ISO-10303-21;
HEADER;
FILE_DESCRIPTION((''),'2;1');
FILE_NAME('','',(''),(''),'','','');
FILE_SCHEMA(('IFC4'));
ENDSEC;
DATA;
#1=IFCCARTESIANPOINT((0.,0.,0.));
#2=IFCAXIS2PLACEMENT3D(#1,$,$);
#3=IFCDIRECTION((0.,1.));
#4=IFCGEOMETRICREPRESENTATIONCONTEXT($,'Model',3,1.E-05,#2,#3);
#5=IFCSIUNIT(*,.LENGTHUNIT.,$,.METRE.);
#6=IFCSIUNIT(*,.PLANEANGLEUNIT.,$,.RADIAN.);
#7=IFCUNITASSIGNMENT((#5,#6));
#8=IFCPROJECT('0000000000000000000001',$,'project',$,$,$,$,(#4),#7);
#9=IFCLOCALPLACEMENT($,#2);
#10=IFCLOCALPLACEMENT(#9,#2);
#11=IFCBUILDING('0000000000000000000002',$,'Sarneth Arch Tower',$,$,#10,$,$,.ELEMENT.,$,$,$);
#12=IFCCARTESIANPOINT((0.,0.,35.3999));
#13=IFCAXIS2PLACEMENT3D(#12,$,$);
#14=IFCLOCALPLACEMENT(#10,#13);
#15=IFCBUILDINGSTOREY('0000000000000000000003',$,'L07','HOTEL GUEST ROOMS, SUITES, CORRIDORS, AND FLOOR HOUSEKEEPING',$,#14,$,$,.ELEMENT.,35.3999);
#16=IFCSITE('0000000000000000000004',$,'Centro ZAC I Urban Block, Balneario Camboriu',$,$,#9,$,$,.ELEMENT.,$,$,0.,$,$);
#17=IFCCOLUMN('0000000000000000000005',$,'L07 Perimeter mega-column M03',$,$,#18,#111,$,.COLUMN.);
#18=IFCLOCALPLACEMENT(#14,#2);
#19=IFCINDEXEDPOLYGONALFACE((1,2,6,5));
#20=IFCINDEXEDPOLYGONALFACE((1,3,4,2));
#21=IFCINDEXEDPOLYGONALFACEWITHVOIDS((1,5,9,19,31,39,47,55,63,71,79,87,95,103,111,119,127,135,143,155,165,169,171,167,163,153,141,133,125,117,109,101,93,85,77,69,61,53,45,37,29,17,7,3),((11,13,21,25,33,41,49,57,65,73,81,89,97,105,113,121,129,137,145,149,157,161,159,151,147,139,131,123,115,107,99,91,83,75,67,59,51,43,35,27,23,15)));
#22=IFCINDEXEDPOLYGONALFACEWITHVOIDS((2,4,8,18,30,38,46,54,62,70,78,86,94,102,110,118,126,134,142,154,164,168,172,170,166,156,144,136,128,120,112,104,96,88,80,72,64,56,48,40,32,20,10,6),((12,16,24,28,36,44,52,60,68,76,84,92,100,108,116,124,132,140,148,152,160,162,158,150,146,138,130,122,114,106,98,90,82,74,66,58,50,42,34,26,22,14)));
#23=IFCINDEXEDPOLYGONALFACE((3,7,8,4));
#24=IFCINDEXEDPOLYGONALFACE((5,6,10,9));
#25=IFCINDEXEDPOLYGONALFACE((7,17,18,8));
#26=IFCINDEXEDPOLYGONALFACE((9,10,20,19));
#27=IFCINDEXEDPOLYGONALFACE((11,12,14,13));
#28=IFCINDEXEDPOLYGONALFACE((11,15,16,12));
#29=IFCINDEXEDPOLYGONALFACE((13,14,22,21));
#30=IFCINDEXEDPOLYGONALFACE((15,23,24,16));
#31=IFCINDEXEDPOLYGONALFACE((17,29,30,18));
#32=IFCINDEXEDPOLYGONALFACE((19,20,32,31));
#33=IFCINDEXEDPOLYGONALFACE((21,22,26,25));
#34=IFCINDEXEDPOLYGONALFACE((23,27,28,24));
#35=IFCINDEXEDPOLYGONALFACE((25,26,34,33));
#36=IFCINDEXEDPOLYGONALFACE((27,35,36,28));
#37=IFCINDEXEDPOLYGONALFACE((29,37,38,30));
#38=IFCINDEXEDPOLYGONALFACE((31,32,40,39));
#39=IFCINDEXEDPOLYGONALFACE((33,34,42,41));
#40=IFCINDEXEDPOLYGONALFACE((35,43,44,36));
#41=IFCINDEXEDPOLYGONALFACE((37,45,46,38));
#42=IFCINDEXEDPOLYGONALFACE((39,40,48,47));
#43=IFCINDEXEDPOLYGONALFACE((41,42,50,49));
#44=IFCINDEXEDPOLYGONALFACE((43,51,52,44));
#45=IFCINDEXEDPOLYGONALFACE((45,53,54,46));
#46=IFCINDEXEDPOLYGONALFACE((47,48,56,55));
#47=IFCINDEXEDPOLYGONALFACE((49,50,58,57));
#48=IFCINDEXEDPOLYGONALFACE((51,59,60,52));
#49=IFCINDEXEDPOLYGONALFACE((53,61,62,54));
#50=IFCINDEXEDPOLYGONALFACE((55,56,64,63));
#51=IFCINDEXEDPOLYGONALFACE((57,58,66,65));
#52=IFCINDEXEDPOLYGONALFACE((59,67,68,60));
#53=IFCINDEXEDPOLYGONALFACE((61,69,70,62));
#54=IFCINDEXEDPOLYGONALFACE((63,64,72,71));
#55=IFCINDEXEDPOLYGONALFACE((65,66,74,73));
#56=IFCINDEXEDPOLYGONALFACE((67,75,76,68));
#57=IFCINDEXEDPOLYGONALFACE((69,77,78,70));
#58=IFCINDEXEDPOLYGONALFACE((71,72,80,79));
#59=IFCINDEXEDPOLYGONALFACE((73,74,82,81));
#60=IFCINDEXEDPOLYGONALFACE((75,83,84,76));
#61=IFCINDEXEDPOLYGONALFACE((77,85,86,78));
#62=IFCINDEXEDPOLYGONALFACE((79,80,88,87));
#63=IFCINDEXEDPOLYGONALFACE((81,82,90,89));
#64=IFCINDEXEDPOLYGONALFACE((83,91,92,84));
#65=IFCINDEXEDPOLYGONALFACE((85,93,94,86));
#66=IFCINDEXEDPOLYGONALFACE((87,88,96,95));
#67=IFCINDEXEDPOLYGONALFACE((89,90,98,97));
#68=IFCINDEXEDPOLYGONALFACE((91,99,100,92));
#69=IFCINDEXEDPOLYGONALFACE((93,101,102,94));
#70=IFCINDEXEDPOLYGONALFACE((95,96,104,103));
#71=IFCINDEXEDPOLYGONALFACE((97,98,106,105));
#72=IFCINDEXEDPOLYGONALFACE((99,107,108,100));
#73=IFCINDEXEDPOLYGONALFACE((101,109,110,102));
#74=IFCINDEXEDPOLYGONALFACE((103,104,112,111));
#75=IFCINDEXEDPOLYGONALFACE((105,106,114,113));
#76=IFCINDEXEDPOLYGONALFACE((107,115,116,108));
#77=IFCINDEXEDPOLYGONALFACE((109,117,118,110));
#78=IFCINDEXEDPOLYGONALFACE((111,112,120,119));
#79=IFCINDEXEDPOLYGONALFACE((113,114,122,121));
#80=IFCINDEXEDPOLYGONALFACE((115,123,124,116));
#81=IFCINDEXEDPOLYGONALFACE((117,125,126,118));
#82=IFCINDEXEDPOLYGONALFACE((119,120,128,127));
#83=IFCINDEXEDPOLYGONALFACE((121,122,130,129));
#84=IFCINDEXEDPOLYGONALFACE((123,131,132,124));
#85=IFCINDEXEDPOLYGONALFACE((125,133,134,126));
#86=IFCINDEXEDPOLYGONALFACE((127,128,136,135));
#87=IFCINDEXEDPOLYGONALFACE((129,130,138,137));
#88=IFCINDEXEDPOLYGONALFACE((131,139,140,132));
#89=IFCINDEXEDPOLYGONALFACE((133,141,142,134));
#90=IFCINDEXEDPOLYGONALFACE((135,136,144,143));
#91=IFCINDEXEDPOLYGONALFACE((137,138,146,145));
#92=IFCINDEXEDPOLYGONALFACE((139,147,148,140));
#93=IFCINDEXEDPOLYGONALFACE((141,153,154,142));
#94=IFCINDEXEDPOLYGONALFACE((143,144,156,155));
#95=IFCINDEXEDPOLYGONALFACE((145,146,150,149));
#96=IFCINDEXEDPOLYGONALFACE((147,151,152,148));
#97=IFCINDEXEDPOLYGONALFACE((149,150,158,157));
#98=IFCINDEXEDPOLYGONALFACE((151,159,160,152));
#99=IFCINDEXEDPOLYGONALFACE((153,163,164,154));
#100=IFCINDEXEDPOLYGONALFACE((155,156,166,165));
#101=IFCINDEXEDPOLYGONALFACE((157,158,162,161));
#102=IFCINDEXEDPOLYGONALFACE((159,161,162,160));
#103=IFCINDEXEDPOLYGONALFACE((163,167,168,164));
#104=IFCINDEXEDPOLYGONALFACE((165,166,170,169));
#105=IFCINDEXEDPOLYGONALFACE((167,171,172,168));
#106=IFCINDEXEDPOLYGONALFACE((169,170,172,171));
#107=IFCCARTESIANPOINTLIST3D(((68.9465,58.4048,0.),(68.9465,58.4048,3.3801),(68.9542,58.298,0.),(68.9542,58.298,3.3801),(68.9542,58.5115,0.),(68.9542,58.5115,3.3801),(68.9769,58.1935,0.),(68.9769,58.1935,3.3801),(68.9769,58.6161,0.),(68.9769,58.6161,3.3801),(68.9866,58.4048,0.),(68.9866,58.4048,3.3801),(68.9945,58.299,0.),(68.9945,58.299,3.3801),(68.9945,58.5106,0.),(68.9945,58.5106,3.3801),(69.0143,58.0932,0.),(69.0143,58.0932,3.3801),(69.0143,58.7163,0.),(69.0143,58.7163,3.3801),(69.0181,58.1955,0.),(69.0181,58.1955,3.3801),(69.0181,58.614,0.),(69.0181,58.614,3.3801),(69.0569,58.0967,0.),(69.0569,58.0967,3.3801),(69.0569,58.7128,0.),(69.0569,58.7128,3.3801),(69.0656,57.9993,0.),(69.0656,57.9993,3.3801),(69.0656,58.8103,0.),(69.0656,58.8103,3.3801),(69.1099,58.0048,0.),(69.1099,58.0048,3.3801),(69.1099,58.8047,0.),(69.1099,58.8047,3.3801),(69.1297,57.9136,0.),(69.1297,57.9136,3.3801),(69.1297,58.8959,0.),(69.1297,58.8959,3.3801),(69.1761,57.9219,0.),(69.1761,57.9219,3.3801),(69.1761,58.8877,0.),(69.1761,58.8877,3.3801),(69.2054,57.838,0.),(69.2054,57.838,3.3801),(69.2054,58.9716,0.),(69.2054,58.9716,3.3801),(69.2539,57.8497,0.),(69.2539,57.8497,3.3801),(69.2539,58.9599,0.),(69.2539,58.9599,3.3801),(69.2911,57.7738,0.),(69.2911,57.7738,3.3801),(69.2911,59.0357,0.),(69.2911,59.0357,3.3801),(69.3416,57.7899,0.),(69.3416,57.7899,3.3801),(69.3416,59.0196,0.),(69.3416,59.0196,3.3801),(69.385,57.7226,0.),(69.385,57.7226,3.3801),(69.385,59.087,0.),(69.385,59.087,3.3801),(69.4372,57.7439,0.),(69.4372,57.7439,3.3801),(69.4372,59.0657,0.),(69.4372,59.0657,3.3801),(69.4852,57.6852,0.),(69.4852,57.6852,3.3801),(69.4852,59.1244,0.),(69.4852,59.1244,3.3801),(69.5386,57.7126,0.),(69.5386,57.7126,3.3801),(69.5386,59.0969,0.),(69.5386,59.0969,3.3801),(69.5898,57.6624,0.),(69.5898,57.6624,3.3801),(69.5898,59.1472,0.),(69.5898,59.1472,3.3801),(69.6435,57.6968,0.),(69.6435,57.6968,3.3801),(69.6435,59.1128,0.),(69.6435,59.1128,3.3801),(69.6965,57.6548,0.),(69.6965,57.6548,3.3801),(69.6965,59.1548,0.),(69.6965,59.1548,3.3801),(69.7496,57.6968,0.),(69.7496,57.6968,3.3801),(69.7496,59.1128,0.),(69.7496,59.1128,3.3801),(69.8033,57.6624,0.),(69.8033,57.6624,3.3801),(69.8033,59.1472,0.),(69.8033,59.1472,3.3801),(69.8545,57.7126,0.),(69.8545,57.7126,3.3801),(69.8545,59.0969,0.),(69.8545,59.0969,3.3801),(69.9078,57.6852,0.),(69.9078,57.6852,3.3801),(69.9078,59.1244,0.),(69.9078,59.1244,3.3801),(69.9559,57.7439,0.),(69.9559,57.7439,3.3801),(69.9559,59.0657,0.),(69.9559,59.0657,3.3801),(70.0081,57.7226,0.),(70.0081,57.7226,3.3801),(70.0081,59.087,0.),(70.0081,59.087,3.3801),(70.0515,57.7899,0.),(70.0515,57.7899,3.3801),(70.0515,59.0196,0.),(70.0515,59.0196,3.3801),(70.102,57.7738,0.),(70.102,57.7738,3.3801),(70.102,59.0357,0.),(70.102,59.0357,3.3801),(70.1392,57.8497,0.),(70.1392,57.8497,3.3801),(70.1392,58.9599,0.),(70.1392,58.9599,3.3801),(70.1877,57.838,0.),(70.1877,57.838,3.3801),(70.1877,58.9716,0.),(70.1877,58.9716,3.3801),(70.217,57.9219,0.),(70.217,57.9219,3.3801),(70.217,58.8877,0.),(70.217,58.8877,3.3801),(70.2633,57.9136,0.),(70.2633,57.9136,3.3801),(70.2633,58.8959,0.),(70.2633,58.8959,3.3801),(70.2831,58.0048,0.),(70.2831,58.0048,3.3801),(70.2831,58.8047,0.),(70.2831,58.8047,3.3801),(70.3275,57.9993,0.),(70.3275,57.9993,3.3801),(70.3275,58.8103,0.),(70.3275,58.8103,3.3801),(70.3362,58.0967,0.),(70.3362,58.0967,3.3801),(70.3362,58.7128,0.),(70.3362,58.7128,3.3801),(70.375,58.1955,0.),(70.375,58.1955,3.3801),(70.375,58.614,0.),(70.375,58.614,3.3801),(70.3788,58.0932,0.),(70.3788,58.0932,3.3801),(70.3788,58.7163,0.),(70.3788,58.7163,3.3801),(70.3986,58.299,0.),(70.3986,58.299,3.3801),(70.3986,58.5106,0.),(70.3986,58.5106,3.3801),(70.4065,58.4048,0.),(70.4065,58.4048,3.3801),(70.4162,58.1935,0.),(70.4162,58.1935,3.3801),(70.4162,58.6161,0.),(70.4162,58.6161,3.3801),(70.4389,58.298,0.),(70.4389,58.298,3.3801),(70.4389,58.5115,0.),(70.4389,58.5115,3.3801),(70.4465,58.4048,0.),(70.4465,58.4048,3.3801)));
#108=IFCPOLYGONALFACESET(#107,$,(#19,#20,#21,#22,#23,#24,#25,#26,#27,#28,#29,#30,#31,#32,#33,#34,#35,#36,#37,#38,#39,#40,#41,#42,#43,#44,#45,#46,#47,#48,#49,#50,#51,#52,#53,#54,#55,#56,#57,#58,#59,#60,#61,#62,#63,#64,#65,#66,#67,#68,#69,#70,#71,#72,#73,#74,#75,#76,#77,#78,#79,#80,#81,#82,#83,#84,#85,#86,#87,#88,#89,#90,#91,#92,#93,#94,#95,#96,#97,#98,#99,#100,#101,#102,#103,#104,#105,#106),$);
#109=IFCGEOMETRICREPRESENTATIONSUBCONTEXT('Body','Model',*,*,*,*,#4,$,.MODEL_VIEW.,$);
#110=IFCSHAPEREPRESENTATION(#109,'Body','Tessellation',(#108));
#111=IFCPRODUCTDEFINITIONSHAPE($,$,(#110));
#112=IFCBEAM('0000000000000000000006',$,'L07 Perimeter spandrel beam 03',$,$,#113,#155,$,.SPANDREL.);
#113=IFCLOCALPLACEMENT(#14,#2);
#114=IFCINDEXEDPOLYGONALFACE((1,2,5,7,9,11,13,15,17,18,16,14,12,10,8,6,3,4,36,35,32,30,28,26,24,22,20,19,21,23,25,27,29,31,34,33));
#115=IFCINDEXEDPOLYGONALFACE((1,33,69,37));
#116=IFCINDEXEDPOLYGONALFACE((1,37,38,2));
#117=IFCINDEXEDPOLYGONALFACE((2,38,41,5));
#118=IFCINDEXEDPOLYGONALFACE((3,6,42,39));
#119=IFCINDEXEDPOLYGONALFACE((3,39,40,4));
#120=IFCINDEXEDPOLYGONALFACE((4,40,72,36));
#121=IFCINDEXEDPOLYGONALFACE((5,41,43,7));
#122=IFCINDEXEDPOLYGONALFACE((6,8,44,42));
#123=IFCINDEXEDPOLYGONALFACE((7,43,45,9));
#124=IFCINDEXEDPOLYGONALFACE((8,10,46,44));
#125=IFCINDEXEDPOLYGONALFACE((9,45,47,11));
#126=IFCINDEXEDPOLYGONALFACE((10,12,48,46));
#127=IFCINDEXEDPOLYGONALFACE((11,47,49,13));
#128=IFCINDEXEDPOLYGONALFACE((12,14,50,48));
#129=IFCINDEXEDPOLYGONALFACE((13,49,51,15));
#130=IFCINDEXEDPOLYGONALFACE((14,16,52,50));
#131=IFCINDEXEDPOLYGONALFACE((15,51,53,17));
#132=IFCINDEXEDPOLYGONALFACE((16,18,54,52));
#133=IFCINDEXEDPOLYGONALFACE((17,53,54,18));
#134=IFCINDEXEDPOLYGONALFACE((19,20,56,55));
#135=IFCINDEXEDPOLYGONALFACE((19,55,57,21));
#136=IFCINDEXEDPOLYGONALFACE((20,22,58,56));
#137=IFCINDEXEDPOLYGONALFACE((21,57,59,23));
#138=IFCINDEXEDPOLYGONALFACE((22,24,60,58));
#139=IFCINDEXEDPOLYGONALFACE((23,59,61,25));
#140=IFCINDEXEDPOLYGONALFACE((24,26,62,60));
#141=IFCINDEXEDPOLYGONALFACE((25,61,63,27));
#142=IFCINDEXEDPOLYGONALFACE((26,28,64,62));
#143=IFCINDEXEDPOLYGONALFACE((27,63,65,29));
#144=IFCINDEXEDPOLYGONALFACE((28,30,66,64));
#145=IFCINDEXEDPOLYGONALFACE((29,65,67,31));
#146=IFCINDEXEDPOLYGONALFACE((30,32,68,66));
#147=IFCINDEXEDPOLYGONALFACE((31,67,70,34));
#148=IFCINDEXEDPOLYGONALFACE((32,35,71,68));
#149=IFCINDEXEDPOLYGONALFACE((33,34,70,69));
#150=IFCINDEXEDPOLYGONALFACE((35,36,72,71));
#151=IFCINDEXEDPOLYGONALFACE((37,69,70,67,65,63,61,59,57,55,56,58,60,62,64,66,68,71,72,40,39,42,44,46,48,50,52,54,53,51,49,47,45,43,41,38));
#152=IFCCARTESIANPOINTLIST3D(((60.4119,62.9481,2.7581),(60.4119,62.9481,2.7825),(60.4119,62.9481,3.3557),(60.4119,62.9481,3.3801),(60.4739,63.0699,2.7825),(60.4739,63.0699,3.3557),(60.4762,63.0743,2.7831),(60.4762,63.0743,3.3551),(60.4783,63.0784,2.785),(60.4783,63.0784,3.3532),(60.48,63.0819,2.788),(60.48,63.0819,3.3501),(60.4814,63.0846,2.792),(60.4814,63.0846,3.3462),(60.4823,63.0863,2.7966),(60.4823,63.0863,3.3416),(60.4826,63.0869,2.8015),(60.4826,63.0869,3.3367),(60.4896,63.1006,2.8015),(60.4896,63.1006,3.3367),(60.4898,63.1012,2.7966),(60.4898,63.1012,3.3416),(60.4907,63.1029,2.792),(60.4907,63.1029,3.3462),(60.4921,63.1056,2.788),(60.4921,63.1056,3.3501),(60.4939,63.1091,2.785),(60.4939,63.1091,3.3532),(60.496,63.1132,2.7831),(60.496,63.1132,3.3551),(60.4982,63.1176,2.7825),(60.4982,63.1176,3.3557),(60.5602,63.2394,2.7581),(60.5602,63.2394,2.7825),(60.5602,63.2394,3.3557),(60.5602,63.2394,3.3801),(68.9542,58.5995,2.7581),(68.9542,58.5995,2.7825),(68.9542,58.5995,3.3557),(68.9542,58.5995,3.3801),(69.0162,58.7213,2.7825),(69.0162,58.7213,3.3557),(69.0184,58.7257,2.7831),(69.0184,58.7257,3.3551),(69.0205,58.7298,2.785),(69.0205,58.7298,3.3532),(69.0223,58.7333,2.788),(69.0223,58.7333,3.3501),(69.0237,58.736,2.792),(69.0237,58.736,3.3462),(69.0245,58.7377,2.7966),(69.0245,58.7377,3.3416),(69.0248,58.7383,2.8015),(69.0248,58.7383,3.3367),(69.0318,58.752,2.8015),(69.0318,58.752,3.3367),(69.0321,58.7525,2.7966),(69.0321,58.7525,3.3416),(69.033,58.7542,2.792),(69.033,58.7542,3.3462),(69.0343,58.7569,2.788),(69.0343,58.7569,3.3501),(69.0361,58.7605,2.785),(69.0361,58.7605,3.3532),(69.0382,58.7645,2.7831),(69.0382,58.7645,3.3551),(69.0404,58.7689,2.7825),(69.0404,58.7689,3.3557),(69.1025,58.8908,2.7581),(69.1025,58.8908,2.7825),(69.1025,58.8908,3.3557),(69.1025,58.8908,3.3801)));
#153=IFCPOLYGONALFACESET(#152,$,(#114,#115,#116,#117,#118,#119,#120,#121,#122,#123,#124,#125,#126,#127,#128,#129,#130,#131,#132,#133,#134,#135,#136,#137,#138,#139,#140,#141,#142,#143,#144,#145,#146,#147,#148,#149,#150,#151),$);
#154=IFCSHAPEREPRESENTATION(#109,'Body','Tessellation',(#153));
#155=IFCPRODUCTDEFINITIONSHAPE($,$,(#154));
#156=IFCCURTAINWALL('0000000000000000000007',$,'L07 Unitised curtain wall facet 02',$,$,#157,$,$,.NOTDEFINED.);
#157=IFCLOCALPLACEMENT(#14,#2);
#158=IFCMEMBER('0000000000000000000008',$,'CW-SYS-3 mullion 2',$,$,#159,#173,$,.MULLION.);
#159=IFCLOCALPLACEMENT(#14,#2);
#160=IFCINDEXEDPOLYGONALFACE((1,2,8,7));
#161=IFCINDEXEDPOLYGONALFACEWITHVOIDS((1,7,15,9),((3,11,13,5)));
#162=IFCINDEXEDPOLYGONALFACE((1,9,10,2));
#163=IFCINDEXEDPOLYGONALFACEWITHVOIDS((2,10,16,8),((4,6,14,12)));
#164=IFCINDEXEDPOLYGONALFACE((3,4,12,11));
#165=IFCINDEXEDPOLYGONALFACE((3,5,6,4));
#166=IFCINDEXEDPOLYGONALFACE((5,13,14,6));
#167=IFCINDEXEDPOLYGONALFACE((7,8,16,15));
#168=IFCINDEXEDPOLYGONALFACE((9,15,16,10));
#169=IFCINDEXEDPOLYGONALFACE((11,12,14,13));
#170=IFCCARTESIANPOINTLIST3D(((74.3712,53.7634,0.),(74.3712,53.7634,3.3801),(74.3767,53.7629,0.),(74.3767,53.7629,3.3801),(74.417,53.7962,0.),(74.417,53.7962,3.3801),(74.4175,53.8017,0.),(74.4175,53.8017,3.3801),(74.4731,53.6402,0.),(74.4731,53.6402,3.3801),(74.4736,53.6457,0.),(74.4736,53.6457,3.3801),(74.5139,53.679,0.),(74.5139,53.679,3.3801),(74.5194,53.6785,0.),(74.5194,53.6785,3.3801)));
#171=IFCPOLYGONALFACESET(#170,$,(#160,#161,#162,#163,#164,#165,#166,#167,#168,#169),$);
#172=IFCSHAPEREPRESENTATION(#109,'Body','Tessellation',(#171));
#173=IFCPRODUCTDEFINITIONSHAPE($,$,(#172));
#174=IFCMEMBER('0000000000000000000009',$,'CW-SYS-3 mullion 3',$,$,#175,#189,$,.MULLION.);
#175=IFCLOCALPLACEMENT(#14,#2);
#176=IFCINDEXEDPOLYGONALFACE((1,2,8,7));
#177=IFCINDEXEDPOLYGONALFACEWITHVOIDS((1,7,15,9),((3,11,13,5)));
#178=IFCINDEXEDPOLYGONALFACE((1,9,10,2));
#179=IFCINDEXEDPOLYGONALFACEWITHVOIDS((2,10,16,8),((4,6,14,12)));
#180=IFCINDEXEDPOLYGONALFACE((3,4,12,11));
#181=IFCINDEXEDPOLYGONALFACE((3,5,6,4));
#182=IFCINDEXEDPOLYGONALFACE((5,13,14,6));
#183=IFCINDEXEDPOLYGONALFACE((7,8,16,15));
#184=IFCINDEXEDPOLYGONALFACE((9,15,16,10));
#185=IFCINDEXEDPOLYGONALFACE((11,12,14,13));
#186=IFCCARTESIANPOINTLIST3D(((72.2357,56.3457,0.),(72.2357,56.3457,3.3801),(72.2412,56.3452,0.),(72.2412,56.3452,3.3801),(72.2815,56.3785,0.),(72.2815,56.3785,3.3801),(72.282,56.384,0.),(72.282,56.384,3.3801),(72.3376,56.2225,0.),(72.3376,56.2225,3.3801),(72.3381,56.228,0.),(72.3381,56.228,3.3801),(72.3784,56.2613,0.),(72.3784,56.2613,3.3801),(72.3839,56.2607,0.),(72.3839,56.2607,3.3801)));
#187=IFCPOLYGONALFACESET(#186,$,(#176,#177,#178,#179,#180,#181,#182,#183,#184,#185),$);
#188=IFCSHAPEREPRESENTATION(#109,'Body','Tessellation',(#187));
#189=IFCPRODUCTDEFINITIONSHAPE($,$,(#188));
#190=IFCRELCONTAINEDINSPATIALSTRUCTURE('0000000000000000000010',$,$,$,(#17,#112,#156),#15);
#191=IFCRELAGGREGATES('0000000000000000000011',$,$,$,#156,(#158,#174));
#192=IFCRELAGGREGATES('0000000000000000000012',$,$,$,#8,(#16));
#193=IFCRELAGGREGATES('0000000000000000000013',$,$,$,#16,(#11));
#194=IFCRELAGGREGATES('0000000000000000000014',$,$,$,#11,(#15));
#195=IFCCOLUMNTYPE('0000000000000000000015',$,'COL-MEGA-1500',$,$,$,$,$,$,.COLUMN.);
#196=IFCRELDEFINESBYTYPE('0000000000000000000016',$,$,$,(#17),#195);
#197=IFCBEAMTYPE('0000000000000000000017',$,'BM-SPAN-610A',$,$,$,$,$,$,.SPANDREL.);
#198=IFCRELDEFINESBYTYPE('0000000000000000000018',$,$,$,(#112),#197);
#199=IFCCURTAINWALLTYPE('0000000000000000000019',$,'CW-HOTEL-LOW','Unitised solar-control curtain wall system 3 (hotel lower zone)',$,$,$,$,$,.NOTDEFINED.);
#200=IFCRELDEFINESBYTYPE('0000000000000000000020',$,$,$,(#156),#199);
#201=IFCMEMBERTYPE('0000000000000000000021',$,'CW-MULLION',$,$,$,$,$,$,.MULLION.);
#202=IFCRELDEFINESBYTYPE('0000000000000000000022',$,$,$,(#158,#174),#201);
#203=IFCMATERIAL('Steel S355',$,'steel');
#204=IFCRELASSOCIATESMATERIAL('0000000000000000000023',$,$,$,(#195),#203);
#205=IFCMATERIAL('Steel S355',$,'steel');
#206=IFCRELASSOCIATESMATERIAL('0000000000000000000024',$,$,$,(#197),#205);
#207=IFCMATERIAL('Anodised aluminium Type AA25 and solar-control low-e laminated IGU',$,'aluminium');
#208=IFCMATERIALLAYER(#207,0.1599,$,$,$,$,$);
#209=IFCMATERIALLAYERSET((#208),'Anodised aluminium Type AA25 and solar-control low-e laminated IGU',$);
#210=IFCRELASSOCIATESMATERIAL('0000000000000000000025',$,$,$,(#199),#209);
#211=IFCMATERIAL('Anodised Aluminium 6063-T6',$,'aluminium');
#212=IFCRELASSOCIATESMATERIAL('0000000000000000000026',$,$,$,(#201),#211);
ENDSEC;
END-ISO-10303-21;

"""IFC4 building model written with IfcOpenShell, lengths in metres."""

from ifc_helpers import new_model, si_unit, direction, frame, origin, origin_2d, place, context, subcontext, project, spatial, hollow_rectangle, hollow_circle, i_section, extrude, material, layer, layer_set, material_profile, profile_set, type_object, element, aggregate, save


model = new_model("IFC4")

# Units and contexts
model_context = context("Model", 3, precision=1e-05, world=origin(), true_north=direction((0.0, 1.0)))
body_context = subcontext(model_context, "Body", "Model", "MODEL_VIEW")
ifc_project = project(units=[si_unit("LENGTHUNIT", "METRE"), si_unit("PLANEANGLEUNIT", "RADIAN")], contexts=[model_context])

# Site, building, storey
site_placement = place(None, origin())
site = spatial("IfcSite", under=ifc_project, at=site_placement, Name="Centro ZAC I Urban Block, Balneario Camboriu", CompositionType="ELEMENT", RefElevation=0.0)
building_placement = place(site_placement, origin())
building = spatial("IfcBuilding", under=site, at=building_placement, Name="Sarneth Arch Tower", CompositionType="ELEMENT")
storey_placement = place(building_placement, frame((0.0, 0.0, 35.3999)))
storey = spatial("IfcBuildingStorey", under=building, at=storey_placement, Name="L07", Description="HOTEL GUEST ROOMS, SUITES, CORRIDORS, AND FLOOR HOUSEKEEPING", CompositionType="ELEMENT", Elevation=35.3999)

# Column
ifc_material_1 = material(Name="Steel S355", Category="steel")
ifc_material_profile_1 = material_profile(ifc_material_1, hollow_circle(Radius=0.75, WallThickness=0.04, at=origin_2d()), Name="CHS1500x40")
ifc_profile_set_1 = profile_set([ifc_material_profile_1], Name="Steel S355")
column_type = type_object("IfcColumnType", Name="COL-MEGA-1500", PredefinedType="COLUMN", material=ifc_profile_set_1)
column_placement = place(storey_placement, frame((69.6965, 58.4048, 0.0), z_axis=(0.0, 0.0, 1.0), x_axis=(1.0, 0.0, 0.0)))
element("IfcColumn", 1, at=column_placement, inside=storey, type_object=column_type, Name="L07 Perimeter mega-column M03", PredefinedType="COLUMN", context=body_context, shape_type="SweptSolid", body=[
    extrude(hollow_circle(Radius=0.75, WallThickness=0.04, at=origin_2d()), origin(), (0.0, 0.0, 1.0), 3.3801),
])

# Beam
ifc_material_2 = material(Name="Steel S355", Category="steel")
ifc_material_profile_2 = material_profile(ifc_material_2, i_section(OverallWidth=0.3269, OverallDepth=0.6221, WebThickness=0.0154, FlangeThickness=0.0244, FilletRadius=0.019, at=origin_2d()), Name="W610x195")
ifc_profile_set_2 = profile_set([ifc_material_profile_2], Name="Steel S355")
beam_type = type_object("IfcBeamType", Name="BM-SPAN-610A", PredefinedType="SPANDREL", material=ifc_profile_set_2)
beam_placement = place(storey_placement, frame((69.0283, 58.7451, 3.0691), z_axis=(-0.891169, 0.453671, 0.0), x_axis=(-0.453671, -0.891169, 0.0)))
element("IfcBeam", 2, at=beam_placement, inside=storey, type_object=beam_type, Name="L07 Perimeter spandrel beam 03", PredefinedType="SPANDREL", context=body_context, shape_type="SweptSolid", body=[
    extrude(i_section(OverallWidth=0.3269, OverallDepth=0.6221, WebThickness=0.0154, FlangeThickness=0.0244, FilletRadius=0.019, at=origin_2d()), origin(), (0.0, 0.0, 1.0), 9.5854),
])

# Curtain wall, members
ifc_material_3 = material(Name="Anodised aluminium Type AA25 and solar-control low-e laminated IGU", Category="aluminium")
ifc_layer_1 = layer(ifc_material_3, 0.1599)
ifc_layer_set_1 = layer_set([ifc_layer_1], Name="Anodised aluminium Type AA25 and solar-control low-e laminated IGU")
curtain_wall_type = type_object("IfcCurtainWallType", Name="CW-HOTEL-LOW", Description="Unitised solar-control curtain wall system 3 (hotel lower zone)", PredefinedType="NOTDEFINED", material=ifc_layer_set_1)
curtain_wall_placement = place(storey_placement, origin())
curtain_wall = element("IfcCurtainWall", 3, at=curtain_wall_placement, inside=storey, type_object=curtain_wall_type, Name="L07 Unitised curtain wall facet 02", PredefinedType="NOTDEFINED")
ifc_material_4 = material(Name="Anodised Aluminium 6063-T6", Category="aluminium")
ifc_material_profile_3 = material_profile(ifc_material_4, hollow_rectangle(XDim=0.0601, YDim=0.1599, WallThickness=0.0039, at=origin_2d()), Name="AL-MULL-160x60x4")
ifc_profile_set_3 = profile_set([ifc_material_profile_3], Name="Anodised Aluminium 6063-T6")
member_type_1 = type_object("IfcMemberType", Name="CW-MULLION", PredefinedType="MULLION", material=ifc_profile_set_3)
member_1_placement = place(storey_placement, frame((74.4453, 53.7209, 0.0), z_axis=(0.0, 0.0, 1.0), x_axis=(-0.770623, -0.637291, 0.0)))
member_1 = element("IfcMember", 4, at=member_1_placement, type_object=member_type_1, Name="CW-SYS-3 mullion 2", PredefinedType="MULLION", context=body_context, shape_type="SweptSolid", body=[
    extrude(hollow_rectangle(XDim=0.0601, YDim=0.1599, WallThickness=0.0039, at=origin_2d()), origin(), (0.0, 0.0, 1.0), 3.3801),
])
member_2_placement = place(storey_placement, frame((72.3098, 56.3032, 0.0), z_axis=(0.0, 0.0, 1.0), x_axis=(-0.770623, -0.637291, 0.0)))
member_2 = element("IfcMember", 5, at=member_2_placement, type_object=member_type_1, Name="CW-SYS-3 mullion 3", PredefinedType="MULLION", context=body_context, shape_type="SweptSolid", body=[
    extrude(hollow_rectangle(XDim=0.0601, YDim=0.1599, WallThickness=0.0039, at=origin_2d()), origin(), (0.0, 0.0, 1.0), 3.3801),
])

aggregate(curtain_wall, [member_1, member_2])

save(model, "model.ifc")
